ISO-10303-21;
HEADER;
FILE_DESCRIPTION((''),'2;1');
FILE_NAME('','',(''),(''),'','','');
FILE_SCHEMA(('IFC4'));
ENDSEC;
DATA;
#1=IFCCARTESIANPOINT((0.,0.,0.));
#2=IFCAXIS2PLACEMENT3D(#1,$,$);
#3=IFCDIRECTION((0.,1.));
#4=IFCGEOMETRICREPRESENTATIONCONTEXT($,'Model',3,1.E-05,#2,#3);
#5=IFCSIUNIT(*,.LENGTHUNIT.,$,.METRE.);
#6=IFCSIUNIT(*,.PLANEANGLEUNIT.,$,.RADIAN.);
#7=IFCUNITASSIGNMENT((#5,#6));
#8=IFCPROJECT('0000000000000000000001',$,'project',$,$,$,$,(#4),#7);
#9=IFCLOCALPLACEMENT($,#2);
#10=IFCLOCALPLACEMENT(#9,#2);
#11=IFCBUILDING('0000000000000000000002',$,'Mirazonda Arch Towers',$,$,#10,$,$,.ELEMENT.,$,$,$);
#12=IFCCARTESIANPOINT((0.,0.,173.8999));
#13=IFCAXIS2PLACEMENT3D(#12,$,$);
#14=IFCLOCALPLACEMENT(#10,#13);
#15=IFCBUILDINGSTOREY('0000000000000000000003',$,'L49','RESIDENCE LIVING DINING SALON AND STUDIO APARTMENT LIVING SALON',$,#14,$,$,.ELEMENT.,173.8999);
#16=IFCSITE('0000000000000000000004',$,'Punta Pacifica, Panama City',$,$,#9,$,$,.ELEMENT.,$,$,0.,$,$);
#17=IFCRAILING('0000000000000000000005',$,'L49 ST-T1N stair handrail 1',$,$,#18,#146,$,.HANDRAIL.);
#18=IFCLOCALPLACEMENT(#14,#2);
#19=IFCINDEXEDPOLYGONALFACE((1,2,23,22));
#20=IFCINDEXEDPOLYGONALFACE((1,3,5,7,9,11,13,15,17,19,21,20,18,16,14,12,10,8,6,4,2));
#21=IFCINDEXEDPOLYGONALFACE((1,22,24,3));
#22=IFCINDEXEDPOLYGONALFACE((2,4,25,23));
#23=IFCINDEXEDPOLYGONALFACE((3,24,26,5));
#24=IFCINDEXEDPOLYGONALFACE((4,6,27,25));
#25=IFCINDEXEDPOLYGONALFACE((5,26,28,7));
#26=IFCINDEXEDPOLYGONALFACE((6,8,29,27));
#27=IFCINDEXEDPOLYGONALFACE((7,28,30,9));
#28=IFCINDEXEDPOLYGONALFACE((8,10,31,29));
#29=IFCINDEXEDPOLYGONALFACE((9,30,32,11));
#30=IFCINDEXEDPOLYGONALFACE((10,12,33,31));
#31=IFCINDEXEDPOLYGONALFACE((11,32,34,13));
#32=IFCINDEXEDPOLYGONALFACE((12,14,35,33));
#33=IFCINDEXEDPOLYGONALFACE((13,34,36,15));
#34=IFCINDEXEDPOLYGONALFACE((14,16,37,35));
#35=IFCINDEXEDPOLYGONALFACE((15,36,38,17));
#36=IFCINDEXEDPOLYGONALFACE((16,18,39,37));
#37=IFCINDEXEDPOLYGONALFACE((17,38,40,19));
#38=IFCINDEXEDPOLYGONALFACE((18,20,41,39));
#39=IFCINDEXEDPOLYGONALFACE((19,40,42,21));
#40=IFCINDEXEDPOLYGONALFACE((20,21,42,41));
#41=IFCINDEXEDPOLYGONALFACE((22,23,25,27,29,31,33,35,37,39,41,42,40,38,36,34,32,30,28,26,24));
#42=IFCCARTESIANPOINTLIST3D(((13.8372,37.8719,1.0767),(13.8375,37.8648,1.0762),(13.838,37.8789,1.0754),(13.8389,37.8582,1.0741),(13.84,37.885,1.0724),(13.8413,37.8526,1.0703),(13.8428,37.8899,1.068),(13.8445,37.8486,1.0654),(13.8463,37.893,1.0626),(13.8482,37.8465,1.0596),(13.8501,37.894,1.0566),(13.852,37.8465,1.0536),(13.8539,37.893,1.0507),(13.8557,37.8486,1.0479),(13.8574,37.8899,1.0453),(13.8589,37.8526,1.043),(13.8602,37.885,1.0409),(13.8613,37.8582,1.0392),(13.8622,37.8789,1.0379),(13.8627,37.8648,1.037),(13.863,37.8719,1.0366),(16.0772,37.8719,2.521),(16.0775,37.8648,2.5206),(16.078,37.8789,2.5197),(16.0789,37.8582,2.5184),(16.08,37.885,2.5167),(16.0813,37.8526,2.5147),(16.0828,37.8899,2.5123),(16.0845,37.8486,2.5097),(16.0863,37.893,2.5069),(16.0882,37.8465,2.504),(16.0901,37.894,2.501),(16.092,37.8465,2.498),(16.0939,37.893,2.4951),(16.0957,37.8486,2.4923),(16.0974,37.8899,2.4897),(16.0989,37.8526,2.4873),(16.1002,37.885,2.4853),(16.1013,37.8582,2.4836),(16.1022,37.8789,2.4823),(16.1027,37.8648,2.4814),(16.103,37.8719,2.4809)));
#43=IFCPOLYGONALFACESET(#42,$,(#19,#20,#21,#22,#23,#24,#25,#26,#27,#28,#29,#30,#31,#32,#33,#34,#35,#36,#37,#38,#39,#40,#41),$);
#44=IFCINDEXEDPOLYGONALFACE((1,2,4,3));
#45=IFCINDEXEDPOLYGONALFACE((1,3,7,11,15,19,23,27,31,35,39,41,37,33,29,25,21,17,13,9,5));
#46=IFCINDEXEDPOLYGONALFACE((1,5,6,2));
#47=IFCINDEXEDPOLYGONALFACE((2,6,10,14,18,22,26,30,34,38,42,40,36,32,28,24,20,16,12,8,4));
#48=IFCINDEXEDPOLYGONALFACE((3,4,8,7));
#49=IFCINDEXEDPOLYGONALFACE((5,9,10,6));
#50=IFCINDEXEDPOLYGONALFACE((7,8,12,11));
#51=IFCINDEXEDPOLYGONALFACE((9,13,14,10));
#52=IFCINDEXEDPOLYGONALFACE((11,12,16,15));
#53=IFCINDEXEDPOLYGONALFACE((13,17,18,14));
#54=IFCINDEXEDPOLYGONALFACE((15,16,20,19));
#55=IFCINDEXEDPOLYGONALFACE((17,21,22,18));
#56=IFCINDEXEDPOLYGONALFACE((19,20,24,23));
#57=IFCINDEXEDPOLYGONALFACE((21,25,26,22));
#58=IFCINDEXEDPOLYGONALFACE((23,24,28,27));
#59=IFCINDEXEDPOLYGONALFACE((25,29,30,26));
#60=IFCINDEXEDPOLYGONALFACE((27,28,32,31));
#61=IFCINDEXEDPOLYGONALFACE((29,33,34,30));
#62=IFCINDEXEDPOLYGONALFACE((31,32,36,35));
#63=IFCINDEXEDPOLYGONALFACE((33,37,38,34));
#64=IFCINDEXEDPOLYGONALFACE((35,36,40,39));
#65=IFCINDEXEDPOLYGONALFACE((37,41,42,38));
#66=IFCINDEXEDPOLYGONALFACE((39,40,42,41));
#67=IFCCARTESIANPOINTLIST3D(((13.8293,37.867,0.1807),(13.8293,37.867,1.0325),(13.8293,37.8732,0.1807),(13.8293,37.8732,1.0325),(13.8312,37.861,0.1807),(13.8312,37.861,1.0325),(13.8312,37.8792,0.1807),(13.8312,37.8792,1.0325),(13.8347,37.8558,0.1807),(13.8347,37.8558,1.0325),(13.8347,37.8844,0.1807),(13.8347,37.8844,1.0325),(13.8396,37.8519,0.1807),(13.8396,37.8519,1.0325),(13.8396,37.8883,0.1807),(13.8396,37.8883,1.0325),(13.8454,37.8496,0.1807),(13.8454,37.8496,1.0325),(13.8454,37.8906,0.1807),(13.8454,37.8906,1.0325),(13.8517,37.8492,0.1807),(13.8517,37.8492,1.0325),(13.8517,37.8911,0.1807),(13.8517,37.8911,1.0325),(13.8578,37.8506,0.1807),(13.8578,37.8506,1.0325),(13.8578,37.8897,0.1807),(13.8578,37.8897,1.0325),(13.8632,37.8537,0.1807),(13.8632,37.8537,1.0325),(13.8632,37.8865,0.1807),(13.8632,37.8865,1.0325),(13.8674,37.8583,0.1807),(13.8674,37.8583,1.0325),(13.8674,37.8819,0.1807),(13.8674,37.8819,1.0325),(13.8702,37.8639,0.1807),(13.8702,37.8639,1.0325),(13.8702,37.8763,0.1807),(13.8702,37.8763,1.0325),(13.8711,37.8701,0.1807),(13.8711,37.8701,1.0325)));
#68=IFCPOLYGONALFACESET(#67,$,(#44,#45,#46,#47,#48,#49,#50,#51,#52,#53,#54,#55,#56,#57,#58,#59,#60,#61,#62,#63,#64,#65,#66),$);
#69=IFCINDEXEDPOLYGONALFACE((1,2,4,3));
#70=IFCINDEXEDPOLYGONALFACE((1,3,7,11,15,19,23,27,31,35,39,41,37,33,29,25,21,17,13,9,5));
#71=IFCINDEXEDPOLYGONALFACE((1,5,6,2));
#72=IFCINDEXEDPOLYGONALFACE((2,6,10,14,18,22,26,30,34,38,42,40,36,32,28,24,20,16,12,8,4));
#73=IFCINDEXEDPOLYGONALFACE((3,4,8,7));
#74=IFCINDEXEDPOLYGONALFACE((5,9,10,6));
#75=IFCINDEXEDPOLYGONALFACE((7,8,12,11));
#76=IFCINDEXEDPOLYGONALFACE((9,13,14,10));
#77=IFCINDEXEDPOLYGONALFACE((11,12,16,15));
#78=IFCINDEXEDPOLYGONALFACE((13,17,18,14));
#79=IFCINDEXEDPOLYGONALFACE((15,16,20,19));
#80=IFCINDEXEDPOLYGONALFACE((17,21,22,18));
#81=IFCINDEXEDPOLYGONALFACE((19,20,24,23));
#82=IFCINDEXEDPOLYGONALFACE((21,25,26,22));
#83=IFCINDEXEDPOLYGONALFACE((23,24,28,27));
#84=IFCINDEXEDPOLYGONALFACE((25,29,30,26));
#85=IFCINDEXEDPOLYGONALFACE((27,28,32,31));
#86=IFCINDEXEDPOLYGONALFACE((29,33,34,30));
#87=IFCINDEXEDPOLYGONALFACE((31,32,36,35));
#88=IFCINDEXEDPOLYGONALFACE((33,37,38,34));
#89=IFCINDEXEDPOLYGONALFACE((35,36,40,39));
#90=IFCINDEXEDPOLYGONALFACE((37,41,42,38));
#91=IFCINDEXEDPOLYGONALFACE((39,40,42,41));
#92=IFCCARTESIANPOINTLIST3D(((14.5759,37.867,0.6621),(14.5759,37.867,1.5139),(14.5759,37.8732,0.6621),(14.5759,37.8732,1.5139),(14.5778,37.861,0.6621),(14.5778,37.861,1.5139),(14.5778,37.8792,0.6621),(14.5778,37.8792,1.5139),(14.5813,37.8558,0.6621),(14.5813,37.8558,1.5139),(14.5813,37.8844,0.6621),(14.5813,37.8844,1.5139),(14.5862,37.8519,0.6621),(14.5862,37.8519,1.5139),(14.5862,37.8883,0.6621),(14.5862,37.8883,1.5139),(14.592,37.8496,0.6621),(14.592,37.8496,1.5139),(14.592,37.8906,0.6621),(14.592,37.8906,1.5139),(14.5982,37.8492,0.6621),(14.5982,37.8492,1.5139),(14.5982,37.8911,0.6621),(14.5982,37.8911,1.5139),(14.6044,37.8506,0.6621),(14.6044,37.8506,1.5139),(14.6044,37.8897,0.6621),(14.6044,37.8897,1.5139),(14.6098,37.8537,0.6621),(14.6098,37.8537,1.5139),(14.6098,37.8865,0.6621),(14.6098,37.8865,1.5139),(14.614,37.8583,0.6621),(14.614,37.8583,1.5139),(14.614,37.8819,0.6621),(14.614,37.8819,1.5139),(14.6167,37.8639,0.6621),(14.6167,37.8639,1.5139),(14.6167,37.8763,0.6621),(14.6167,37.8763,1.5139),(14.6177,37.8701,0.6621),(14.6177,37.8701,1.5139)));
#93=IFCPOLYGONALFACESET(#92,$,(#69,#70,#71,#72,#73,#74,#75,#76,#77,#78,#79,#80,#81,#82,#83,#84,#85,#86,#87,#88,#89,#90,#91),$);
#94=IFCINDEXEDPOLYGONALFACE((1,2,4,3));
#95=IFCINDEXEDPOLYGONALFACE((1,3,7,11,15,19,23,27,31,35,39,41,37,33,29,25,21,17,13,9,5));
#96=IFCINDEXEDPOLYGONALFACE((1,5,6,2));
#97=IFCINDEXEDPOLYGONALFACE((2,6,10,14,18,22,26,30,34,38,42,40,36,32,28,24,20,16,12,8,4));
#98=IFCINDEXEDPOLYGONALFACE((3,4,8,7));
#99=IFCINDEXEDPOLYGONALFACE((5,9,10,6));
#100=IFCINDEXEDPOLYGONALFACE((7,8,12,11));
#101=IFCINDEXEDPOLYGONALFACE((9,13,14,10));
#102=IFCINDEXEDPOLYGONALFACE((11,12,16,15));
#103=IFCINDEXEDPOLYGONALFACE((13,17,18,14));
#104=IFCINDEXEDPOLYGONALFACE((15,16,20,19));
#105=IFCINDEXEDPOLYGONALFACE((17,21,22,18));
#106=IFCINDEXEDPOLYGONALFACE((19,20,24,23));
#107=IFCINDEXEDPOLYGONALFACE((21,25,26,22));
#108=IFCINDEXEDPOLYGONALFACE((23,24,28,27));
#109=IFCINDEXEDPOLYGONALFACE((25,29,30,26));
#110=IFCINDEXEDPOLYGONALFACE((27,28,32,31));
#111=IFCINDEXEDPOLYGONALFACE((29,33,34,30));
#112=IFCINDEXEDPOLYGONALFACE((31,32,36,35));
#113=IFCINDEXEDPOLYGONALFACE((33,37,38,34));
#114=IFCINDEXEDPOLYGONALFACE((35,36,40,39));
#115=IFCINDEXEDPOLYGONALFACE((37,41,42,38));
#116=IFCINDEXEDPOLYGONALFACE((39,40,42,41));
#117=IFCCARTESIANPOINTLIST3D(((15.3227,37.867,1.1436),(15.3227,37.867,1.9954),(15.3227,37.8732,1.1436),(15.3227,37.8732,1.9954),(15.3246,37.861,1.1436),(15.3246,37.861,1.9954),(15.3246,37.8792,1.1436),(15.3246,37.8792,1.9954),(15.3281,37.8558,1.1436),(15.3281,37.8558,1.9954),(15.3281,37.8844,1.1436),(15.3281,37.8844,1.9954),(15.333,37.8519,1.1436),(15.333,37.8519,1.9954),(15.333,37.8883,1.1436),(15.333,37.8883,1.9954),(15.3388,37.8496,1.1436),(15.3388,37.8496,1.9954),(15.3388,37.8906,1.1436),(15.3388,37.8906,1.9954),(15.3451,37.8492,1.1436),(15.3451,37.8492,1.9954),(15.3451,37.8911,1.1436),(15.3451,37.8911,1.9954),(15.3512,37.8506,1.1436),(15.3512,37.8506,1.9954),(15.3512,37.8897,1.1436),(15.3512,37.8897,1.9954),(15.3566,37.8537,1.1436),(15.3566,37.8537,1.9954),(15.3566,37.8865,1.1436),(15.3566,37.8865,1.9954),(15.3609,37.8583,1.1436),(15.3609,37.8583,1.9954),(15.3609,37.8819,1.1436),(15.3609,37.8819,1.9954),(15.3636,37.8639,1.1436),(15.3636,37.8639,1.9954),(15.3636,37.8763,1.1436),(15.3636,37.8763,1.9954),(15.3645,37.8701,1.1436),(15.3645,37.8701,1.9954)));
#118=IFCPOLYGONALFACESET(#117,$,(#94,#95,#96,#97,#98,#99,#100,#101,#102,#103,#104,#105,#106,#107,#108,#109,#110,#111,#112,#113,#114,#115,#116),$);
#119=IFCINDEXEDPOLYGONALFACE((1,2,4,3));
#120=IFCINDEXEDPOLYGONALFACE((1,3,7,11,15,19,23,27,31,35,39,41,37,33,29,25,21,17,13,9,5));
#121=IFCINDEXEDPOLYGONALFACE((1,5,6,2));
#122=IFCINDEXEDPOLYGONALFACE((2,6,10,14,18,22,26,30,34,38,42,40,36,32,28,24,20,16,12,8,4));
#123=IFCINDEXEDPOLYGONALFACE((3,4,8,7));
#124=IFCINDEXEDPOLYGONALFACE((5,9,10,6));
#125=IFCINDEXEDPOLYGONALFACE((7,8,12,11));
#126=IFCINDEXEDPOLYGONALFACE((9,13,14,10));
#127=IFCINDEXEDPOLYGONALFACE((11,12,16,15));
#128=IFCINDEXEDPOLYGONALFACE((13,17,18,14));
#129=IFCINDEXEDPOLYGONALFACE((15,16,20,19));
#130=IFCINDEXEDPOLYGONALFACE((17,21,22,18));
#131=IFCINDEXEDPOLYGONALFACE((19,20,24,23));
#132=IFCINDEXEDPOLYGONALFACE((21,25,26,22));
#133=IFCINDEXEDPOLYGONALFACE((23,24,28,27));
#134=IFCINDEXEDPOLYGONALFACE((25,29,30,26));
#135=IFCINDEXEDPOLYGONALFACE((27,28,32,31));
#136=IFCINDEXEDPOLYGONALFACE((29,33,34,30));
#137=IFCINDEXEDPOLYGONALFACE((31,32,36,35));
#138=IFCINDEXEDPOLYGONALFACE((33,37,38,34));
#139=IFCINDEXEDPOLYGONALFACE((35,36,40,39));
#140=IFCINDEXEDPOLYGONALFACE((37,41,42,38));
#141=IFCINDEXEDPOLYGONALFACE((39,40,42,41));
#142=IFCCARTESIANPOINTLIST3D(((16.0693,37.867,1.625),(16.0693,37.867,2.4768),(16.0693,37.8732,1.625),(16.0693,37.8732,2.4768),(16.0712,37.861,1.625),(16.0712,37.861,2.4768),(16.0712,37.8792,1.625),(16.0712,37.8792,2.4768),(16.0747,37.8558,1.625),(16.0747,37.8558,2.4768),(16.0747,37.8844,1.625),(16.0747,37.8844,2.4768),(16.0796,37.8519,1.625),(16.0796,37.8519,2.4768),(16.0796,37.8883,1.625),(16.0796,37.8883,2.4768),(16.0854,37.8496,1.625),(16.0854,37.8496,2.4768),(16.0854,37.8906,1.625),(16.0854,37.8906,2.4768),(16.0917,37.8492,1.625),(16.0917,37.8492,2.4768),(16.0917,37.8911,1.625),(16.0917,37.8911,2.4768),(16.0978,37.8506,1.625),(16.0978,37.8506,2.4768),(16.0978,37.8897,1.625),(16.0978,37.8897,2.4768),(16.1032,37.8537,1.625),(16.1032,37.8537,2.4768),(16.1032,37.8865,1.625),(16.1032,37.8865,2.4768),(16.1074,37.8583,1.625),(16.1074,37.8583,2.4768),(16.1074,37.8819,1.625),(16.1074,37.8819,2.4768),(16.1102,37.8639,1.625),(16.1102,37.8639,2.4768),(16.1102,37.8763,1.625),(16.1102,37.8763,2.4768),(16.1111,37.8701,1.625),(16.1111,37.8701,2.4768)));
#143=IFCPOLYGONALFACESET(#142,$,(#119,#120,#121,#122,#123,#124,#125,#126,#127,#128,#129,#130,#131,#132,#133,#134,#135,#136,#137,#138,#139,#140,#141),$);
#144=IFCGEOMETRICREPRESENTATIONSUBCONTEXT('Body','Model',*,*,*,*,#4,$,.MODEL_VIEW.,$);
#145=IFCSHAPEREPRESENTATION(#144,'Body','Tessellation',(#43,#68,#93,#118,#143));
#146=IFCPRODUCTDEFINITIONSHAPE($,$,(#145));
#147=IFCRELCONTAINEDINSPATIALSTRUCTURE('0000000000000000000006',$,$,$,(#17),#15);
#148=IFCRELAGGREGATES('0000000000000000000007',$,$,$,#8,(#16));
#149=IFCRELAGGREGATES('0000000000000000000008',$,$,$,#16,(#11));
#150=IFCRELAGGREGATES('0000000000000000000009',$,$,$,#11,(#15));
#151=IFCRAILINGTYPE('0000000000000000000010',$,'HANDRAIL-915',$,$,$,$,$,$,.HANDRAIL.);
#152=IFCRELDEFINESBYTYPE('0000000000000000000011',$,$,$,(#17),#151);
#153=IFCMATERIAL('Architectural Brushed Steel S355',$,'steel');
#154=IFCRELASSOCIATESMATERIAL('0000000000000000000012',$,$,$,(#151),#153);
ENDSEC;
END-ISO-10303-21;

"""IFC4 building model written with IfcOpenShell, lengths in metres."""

from ifc_helpers import new_model, si_unit, direction, frame, origin, origin_2d, place, context, subcontext, project, spatial, circle, extrude, material, type_object, element, save


model = new_model("IFC4")

# Units and contexts
model_context = context("Model", 3, precision=1e-05, world=origin(), true_north=direction((0.0, 1.0)))
body_context = subcontext(model_context, "Body", "Model", "MODEL_VIEW")
ifc_project = project(units=[si_unit("LENGTHUNIT", "METRE"), si_unit("PLANEANGLEUNIT", "RADIAN")], contexts=[model_context])

# Site, building, storey
site_placement = place(None, origin())
site = spatial("IfcSite", under=ifc_project, at=site_placement, Name="Punta Pacifica, Panama City", CompositionType="ELEMENT", RefElevation=0.0)
building_placement = place(site_placement, origin())
building = spatial("IfcBuilding", under=site, at=building_placement, Name="Mirazonda Arch Towers", CompositionType="ELEMENT")
storey_placement = place(building_placement, frame((0.0, 0.0, 173.8999)))
storey = spatial("IfcBuildingStorey", under=building, at=storey_placement, Name="L49", Description="RESIDENCE LIVING DINING SALON AND STUDIO APARTMENT LIVING SALON", CompositionType="ELEMENT", Elevation=173.8999)

# Shared definitions
ifc_material_1 = material(Name="Architectural Brushed Steel S355", Category="steel")

# Railing
railing_type_1 = type_object("IfcRailingType", Name="HANDRAIL-915", PredefinedType="HANDRAIL", material=ifc_material_1)
railing_1_placement = place(storey_placement, frame((13.8501, 37.8701, 0.1807)))
element("IfcRailing", 1, at=railing_1_placement, inside=storey, type_object=railing_type_1, Name="L49 ST-T1N stair handrail 1", PredefinedType="HANDRAIL", context=body_context, shape_type="SweptSolid", body=[
    extrude(circle(Radius=0.0239, at=origin_2d()), frame((0.0, 0.0, 0.876), z_axis=(0.840437, 0.0, 0.54191), x_axis=(0.0, 1.0, 0.0)), (0.0, 0.0, 1.0), 2.6653),
    extrude(circle(Radius=0.021, at=origin_2d()), origin(), (0.0, 0.0, 1.0), 0.8518),
    extrude(circle(Radius=0.021, at=origin_2d()), frame((0.7466, 0.0, 0.4814)), (0.0, 0.0, 1.0), 0.8518),
    extrude(circle(Radius=0.021, at=origin_2d()), frame((1.4934, 0.0, 0.9629)), (0.0, 0.0, 1.0), 0.8518),
    extrude(circle(Radius=0.021, at=origin_2d()), frame((2.24, 0.0, 1.4443)), (0.0, 0.0, 1.0), 0.8518),
])

save(model, "model.ifc")
